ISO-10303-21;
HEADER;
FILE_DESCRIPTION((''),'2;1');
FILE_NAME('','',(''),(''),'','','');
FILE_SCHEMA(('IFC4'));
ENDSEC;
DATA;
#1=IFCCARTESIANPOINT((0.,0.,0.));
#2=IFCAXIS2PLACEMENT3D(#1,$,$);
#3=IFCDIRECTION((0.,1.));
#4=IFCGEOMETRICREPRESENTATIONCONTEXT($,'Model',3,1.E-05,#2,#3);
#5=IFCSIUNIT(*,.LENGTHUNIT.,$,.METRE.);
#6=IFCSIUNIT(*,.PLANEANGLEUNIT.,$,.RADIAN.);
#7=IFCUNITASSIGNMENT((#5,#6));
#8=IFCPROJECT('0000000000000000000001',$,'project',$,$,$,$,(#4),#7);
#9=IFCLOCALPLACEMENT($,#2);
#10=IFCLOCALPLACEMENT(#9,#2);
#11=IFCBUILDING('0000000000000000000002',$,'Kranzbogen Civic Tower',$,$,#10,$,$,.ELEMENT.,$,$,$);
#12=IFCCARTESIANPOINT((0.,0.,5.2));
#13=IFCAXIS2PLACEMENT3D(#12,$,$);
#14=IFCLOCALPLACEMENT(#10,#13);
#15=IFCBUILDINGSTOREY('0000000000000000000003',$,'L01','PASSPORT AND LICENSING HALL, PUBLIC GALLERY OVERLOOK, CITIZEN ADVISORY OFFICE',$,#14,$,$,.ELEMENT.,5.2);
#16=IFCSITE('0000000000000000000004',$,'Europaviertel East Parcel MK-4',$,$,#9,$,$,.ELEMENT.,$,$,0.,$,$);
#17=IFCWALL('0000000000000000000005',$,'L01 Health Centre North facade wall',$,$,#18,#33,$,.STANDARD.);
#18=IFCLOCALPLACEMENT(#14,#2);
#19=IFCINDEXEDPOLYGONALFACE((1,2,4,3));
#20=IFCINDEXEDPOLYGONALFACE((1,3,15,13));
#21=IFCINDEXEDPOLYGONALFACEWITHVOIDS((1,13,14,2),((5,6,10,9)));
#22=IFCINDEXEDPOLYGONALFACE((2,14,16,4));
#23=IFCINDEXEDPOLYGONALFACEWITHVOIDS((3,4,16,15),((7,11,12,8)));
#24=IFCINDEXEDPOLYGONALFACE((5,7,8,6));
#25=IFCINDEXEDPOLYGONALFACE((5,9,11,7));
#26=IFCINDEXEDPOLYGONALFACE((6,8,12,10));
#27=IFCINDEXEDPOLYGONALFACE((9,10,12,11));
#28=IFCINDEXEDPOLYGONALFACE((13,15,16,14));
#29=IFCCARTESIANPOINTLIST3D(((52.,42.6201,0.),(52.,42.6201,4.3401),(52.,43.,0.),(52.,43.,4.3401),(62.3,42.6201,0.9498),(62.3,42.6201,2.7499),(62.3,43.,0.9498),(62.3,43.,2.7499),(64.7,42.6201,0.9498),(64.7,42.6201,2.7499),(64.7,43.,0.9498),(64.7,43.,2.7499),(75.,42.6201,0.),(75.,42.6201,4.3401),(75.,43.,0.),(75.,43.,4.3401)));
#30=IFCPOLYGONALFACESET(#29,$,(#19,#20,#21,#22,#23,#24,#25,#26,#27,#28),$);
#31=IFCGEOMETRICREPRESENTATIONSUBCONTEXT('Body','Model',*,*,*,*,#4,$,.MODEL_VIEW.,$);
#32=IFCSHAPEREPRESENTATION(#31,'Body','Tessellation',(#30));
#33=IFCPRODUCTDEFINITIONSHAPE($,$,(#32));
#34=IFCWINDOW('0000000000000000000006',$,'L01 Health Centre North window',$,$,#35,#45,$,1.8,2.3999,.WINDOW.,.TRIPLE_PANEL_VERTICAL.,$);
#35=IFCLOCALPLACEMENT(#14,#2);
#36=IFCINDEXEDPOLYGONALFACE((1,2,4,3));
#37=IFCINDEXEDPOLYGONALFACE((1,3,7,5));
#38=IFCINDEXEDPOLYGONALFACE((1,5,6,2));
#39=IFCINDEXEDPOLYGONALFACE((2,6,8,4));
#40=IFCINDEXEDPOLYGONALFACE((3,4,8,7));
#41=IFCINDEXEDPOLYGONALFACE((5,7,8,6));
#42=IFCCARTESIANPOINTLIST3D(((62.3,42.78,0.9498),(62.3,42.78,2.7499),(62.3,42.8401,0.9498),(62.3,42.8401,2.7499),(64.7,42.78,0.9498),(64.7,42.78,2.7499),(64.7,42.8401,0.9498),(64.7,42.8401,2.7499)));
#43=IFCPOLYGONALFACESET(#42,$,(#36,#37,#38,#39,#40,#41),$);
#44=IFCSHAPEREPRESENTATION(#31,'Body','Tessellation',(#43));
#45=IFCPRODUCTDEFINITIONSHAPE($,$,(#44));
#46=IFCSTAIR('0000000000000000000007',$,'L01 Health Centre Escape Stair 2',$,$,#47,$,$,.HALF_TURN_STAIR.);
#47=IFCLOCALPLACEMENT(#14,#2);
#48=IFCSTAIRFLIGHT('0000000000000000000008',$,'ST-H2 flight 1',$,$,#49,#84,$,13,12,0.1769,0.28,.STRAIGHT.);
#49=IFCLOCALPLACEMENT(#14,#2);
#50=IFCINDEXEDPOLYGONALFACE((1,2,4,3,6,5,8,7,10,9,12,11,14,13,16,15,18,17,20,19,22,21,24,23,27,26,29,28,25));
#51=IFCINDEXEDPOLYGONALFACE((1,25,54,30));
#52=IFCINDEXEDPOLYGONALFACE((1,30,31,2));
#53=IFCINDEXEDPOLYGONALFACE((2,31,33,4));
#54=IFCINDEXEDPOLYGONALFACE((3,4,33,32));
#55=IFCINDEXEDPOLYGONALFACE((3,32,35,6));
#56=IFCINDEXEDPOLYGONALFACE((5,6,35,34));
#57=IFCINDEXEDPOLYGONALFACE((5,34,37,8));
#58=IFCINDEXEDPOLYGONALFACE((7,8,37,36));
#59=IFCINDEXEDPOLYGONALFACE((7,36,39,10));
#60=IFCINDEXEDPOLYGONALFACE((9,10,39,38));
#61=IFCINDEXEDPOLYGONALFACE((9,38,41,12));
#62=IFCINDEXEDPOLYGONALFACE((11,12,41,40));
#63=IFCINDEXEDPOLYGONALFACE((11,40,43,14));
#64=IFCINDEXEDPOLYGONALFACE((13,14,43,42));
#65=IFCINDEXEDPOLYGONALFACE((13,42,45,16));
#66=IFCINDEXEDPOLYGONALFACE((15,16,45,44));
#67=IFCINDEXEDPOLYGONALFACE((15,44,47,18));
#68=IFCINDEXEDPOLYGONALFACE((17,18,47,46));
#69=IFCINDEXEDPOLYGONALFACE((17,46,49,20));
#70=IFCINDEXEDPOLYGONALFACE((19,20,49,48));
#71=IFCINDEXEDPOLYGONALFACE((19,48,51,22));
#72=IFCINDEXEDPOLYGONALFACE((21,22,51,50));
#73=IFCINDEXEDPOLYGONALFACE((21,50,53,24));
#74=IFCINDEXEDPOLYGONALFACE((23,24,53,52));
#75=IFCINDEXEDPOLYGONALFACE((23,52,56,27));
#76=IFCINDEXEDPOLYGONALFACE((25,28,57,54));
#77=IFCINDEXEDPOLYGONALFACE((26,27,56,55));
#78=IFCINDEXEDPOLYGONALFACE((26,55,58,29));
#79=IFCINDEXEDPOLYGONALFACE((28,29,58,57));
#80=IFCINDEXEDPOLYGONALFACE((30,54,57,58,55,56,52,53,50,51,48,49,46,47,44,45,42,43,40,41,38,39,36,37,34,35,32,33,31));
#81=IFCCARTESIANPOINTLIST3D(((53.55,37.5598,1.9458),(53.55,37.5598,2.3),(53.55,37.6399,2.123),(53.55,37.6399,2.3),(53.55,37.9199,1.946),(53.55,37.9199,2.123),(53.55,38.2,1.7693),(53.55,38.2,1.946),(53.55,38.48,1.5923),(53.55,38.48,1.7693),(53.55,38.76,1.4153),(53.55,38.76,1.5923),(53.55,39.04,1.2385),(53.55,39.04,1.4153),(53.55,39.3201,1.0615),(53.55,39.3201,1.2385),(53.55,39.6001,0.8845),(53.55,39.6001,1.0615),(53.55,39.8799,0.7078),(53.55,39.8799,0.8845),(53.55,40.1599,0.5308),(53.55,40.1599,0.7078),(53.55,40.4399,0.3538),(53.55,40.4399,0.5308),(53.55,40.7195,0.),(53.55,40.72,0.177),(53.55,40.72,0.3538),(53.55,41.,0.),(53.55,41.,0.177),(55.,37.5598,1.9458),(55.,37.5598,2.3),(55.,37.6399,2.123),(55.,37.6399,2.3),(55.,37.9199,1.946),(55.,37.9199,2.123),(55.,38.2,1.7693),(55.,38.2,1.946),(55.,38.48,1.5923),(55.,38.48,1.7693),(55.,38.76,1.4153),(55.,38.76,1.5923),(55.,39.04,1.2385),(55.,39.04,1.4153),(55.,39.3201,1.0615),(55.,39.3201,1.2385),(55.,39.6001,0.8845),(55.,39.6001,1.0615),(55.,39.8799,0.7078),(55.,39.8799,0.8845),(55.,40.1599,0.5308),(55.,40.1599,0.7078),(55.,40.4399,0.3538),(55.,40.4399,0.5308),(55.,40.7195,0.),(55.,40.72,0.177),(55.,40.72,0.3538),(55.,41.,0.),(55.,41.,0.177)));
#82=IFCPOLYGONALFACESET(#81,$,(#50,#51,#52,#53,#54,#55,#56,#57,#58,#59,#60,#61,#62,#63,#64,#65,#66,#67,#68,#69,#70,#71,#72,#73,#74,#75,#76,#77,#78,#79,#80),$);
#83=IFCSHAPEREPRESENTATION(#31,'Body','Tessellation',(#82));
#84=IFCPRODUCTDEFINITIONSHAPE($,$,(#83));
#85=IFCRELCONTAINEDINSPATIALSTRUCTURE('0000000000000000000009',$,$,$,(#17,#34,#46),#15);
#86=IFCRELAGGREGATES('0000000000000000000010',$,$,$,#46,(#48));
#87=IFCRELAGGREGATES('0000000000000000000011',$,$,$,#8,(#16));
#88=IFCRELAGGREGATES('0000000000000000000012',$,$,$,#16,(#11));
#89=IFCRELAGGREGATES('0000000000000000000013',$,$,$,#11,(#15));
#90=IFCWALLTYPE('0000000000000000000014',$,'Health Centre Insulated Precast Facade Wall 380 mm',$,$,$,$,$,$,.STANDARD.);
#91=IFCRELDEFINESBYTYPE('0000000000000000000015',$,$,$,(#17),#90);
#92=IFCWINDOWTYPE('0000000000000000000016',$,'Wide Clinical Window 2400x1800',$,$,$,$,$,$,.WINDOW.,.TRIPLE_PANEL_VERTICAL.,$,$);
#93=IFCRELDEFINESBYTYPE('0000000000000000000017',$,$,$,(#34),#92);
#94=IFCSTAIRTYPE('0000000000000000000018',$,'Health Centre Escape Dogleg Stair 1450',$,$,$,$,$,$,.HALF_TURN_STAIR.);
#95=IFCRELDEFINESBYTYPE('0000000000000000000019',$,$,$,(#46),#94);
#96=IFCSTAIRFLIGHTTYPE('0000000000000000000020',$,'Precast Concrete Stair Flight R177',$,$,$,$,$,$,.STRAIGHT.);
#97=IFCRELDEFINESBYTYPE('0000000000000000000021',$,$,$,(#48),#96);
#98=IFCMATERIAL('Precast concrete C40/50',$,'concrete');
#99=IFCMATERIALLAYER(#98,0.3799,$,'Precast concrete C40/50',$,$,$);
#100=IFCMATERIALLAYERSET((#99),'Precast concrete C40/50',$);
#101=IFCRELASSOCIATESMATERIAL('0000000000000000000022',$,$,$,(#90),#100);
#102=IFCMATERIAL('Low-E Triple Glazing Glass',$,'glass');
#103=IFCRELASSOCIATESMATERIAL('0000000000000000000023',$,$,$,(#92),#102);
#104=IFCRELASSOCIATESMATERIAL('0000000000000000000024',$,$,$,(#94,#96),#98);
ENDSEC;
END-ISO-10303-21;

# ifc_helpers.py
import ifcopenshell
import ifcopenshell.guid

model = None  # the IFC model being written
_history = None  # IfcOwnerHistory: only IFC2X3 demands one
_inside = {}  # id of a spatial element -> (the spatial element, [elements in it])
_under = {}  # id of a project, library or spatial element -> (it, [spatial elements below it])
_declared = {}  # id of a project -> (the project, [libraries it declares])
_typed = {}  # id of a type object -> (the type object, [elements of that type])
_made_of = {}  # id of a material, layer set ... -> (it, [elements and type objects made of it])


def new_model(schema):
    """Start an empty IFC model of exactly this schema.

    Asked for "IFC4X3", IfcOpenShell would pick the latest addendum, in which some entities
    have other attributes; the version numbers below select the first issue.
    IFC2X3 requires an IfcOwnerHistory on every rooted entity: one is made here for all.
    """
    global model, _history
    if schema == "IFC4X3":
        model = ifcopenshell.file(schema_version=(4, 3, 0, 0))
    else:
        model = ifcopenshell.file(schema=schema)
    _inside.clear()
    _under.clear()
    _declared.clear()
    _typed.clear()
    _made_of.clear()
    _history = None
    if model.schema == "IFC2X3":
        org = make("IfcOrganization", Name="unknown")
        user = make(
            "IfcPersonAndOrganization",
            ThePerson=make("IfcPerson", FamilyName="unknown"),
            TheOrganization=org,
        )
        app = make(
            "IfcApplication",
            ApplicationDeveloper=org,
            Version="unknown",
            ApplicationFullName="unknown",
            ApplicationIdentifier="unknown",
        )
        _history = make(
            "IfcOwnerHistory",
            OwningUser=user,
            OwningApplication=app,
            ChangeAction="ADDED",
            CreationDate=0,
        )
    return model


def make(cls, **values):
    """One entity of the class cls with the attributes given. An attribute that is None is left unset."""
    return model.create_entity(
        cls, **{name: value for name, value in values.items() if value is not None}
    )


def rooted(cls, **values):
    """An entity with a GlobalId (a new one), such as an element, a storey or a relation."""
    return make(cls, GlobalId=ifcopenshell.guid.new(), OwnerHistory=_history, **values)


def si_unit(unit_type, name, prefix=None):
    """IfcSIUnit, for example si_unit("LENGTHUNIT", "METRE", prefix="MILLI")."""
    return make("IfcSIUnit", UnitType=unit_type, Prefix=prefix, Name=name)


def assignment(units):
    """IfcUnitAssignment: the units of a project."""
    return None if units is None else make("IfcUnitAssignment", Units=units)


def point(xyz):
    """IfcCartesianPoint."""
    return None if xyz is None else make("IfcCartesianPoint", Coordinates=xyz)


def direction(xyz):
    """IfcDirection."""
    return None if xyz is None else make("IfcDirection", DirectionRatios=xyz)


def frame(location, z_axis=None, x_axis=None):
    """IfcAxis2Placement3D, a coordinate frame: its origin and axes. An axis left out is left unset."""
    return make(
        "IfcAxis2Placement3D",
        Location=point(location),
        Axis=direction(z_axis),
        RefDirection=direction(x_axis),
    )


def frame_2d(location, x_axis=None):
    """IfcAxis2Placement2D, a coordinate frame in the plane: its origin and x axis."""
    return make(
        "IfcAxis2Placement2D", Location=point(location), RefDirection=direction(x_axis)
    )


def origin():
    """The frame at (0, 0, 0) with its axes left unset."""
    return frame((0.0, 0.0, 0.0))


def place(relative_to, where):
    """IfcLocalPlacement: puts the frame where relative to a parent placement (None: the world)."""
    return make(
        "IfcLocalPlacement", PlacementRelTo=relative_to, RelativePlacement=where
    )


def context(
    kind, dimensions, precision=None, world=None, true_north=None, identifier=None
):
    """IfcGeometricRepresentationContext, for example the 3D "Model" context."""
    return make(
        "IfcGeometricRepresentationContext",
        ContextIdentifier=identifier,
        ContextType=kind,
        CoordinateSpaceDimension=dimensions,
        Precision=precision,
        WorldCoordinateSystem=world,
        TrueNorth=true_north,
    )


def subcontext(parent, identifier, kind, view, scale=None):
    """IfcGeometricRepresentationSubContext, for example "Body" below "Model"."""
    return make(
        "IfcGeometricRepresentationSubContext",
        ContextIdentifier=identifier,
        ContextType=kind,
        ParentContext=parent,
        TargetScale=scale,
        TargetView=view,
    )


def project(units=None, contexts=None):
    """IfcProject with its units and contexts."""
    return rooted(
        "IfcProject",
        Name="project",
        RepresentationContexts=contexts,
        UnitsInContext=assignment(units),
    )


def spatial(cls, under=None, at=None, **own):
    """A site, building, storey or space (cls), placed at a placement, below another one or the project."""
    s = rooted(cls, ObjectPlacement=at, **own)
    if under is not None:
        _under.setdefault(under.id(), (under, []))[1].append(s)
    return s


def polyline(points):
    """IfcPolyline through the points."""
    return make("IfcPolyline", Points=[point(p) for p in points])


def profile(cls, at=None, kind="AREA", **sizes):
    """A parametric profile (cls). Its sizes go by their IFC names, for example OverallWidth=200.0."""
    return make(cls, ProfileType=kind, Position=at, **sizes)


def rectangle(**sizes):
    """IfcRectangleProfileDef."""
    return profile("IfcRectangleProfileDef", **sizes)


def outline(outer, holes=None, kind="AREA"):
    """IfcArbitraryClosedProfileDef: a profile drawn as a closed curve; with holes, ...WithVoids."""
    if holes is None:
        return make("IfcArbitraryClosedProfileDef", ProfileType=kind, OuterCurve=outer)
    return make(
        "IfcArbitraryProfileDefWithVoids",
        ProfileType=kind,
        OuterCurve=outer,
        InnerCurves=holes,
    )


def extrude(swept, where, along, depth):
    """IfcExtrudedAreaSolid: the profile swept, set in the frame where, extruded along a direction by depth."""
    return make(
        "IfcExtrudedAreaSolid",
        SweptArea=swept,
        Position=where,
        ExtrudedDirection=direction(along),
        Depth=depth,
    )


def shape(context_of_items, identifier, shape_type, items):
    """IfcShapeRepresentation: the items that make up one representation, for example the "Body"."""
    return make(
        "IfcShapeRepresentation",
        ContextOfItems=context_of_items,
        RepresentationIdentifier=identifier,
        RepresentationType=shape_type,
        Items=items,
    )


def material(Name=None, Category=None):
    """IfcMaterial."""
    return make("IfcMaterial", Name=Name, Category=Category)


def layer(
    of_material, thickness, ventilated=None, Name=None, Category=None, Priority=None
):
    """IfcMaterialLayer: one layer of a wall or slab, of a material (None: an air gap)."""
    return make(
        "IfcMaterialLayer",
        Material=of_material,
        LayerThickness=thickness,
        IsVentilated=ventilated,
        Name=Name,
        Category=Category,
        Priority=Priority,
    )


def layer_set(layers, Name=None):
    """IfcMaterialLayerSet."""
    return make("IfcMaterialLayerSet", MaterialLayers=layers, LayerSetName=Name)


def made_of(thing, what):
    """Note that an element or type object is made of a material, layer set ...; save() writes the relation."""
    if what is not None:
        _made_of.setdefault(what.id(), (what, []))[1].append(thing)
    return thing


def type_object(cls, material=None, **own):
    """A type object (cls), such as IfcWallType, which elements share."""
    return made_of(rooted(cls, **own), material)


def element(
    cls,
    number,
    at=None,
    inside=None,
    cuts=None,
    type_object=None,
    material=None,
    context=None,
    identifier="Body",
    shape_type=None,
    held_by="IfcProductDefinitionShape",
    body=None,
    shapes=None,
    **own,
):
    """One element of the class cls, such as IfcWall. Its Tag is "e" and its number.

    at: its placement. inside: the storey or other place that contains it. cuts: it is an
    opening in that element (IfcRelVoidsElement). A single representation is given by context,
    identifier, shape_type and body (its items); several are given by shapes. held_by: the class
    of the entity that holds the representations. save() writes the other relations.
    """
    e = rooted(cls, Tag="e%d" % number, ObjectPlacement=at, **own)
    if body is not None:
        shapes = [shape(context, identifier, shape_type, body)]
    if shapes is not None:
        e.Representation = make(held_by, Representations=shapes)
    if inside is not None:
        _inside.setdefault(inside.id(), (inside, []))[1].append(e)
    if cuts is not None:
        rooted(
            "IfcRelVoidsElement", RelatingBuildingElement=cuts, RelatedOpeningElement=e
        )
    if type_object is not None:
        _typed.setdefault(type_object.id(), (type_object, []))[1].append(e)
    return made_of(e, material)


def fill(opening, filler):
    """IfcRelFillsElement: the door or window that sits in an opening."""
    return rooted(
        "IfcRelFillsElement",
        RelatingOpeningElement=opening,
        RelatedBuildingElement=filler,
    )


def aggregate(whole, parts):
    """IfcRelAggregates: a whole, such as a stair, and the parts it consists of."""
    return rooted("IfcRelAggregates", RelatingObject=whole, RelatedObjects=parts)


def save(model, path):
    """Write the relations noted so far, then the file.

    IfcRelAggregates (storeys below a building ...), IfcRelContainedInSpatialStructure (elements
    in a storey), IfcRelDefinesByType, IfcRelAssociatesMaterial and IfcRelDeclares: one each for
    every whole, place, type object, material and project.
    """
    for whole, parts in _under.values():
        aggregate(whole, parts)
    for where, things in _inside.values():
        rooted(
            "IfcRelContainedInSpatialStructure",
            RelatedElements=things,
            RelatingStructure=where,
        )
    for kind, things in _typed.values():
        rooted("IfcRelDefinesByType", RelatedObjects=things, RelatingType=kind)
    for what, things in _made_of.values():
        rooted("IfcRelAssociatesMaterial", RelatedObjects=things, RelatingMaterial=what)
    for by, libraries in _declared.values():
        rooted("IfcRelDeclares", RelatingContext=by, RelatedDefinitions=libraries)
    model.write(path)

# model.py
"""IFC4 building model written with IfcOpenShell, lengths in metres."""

from ifc_helpers import new_model, si_unit, direction, frame, frame_2d, origin, place, context, subcontext, project, spatial, polyline, rectangle, outline, extrude, material, layer, layer_set, type_object, element, fill, aggregate, save


model = new_model("IFC4")

# Units and contexts
model_context = context("Model", 3, precision=1e-05, world=origin(), true_north=direction((0.0, 1.0)))
body_context = subcontext(model_context, "Body", "Model", "MODEL_VIEW")
ifc_project = project(units=[si_unit("LENGTHUNIT", "METRE"), si_unit("PLANEANGLEUNIT", "RADIAN")], contexts=[model_context])

# Site, building, storey
site_placement = place(None, origin())
site = spatial("IfcSite", under=ifc_project, at=site_placement, Name="Europaviertel East Parcel MK-4", CompositionType="ELEMENT", RefElevation=0.0)
building_placement = place(site_placement, origin())
building = spatial("IfcBuilding", under=site, at=building_placement, Name="Kranzbogen Civic Tower", CompositionType="ELEMENT")
storey_placement = place(building_placement, frame((0.0, 0.0, 5.2)))
storey = spatial("IfcBuildingStorey", under=building, at=storey_placement, Name="L01", Description="PASSPORT AND LICENSING HALL, PUBLIC GALLERY OVERLOOK, CITIZEN ADVISORY OFFICE", CompositionType="ELEMENT", Elevation=5.2)

# Shared definitions
ifc_material_1 = material(Name="Low-E Triple Glazing Glass", Category="glass")

# Wall, opening, window
ifc_material_2 = material(Name="Precast concrete C40/50", Category="concrete")
ifc_layer_1 = layer(ifc_material_2, 0.3799, Name="Precast concrete C40/50")
ifc_layer_set_1 = layer_set([ifc_layer_1], Name="Precast concrete C40/50")
wall_type = type_object("IfcWallType", Name="Health Centre Insulated Precast Facade Wall 380 mm", PredefinedType="STANDARD", material=ifc_layer_set_1)
wall_placement = place(storey_placement, frame((52.0, 42.8101, 0.0), z_axis=(0.0, 0.0, 1.0), x_axis=(1.0, 0.0, 0.0)))
wall = element("IfcWall", 1, at=wall_placement, inside=storey, type_object=wall_type, Name="L01 Health Centre North facade wall", PredefinedType="STANDARD", context=body_context, shape_type="SweptSolid", body=[
    extrude(rectangle(XDim=23.0, YDim=0.3799, at=frame_2d((11.5, 0.0))), origin(), (0.0, 0.0, 1.0), 4.3401),
])
opening_placement = place(wall_placement, frame((10.3, 0.0, 0.95)))
opening = element("IfcOpeningElement", 2, at=opening_placement, cuts=wall, PredefinedType="OPENING", context=body_context, shape_type="SweptSolid", body=[
    extrude(rectangle(XDim=2.3999, YDim=1.8, at=frame_2d((1.2, 0.8999))), frame((0.0, 0.2, 0.0), z_axis=(0.0, -1.0, 0.0), x_axis=(1.0, 0.0, 0.0)), (0.0, 0.0, 1.0), 0.3999),
])
window_type = type_object("IfcWindowType", Name="Wide Clinical Window 2400x1800", PartitioningType="TRIPLE_PANEL_VERTICAL", PredefinedType="WINDOW", material=ifc_material_1)
window_placement = place(opening_placement, origin())
window = element("IfcWindow", 3, at=window_placement, inside=storey, type_object=window_type, Name="L01 Health Centre North window", OverallHeight=1.8, OverallWidth=2.3999, PartitioningType="TRIPLE_PANEL_VERTICAL", PredefinedType="WINDOW", context=body_context, shape_type="SweptSolid", body=[
    extrude(rectangle(XDim=2.3999, YDim=1.8, at=frame_2d((1.2, 0.8999))), frame((0.0, 0.03, 0.0), z_axis=(0.0, -1.0, 0.0), x_axis=(1.0, 0.0, 0.0)), (0.0, 0.0, 1.0), 0.0601),
])
fill(opening, window)

# Stair, stair flight
stair_type = type_object("IfcStairType", Name="Health Centre Escape Dogleg Stair 1450", PredefinedType="HALF_TURN_STAIR", material=ifc_material_2)
stair_placement = place(storey_placement, origin())
stair = element("IfcStair", 4, at=stair_placement, inside=storey, type_object=stair_type, Name="L01 Health Centre Escape Stair 2", PredefinedType="HALF_TURN_STAIR")
stair_flight_type = type_object("IfcStairFlightType", Name="Precast Concrete Stair Flight R177", PredefinedType="STRAIGHT", material=ifc_material_2)
stair_flight_placement = place(storey_placement, frame((54.2749, 41.0, 0.0), z_axis=(0.0, 0.0, 1.0), x_axis=(0.0, -1.0, 0.0)))
stair_flight = element("IfcStairFlight", 5, at=stair_flight_placement, type_object=stair_flight_type, Name="ST-H2 flight 1", NumberOfRisers=13, NumberOfTreads=12, PredefinedType="STRAIGHT", RiserHeight=0.1769, TreadLength=0.28, context=body_context, shape_type="SweptSolid", body=[
    extrude(outline(polyline([(0.0, 0.0), (0.0, 0.177), (0.28, 0.177), (0.28, 0.3538), (0.5601, 0.3538), (0.5601, 0.5308), (0.8401, 0.5308), (0.8401, 0.7078), (1.1201, 0.7078), (1.1201, 0.8845), (1.3999, 0.8845), (1.3999, 1.0615), (1.6799, 1.0615), (1.6799, 1.2385), (1.96, 1.2385), (1.96, 1.4153), (2.24, 1.4153), (2.24, 1.5923), (2.52, 1.5923), (2.52, 1.7693), (2.8, 1.7693), (2.8, 1.946), (3.0801, 1.946), (3.0801, 2.123), (3.3601, 2.123), (3.3601, 2.3), (3.4402, 2.3), (3.4402, 1.9458), (0.2805, 0.0), (0.0, 0.0)])), frame((0.0, 0.7251, 0.0), z_axis=(0.0, -1.0, 0.0), x_axis=(1.0, 0.0, 0.0)), (0.0, 0.0, 1.0), 1.45),
])
aggregate(stair, [stair_flight])

save(model, "model.ifc")
